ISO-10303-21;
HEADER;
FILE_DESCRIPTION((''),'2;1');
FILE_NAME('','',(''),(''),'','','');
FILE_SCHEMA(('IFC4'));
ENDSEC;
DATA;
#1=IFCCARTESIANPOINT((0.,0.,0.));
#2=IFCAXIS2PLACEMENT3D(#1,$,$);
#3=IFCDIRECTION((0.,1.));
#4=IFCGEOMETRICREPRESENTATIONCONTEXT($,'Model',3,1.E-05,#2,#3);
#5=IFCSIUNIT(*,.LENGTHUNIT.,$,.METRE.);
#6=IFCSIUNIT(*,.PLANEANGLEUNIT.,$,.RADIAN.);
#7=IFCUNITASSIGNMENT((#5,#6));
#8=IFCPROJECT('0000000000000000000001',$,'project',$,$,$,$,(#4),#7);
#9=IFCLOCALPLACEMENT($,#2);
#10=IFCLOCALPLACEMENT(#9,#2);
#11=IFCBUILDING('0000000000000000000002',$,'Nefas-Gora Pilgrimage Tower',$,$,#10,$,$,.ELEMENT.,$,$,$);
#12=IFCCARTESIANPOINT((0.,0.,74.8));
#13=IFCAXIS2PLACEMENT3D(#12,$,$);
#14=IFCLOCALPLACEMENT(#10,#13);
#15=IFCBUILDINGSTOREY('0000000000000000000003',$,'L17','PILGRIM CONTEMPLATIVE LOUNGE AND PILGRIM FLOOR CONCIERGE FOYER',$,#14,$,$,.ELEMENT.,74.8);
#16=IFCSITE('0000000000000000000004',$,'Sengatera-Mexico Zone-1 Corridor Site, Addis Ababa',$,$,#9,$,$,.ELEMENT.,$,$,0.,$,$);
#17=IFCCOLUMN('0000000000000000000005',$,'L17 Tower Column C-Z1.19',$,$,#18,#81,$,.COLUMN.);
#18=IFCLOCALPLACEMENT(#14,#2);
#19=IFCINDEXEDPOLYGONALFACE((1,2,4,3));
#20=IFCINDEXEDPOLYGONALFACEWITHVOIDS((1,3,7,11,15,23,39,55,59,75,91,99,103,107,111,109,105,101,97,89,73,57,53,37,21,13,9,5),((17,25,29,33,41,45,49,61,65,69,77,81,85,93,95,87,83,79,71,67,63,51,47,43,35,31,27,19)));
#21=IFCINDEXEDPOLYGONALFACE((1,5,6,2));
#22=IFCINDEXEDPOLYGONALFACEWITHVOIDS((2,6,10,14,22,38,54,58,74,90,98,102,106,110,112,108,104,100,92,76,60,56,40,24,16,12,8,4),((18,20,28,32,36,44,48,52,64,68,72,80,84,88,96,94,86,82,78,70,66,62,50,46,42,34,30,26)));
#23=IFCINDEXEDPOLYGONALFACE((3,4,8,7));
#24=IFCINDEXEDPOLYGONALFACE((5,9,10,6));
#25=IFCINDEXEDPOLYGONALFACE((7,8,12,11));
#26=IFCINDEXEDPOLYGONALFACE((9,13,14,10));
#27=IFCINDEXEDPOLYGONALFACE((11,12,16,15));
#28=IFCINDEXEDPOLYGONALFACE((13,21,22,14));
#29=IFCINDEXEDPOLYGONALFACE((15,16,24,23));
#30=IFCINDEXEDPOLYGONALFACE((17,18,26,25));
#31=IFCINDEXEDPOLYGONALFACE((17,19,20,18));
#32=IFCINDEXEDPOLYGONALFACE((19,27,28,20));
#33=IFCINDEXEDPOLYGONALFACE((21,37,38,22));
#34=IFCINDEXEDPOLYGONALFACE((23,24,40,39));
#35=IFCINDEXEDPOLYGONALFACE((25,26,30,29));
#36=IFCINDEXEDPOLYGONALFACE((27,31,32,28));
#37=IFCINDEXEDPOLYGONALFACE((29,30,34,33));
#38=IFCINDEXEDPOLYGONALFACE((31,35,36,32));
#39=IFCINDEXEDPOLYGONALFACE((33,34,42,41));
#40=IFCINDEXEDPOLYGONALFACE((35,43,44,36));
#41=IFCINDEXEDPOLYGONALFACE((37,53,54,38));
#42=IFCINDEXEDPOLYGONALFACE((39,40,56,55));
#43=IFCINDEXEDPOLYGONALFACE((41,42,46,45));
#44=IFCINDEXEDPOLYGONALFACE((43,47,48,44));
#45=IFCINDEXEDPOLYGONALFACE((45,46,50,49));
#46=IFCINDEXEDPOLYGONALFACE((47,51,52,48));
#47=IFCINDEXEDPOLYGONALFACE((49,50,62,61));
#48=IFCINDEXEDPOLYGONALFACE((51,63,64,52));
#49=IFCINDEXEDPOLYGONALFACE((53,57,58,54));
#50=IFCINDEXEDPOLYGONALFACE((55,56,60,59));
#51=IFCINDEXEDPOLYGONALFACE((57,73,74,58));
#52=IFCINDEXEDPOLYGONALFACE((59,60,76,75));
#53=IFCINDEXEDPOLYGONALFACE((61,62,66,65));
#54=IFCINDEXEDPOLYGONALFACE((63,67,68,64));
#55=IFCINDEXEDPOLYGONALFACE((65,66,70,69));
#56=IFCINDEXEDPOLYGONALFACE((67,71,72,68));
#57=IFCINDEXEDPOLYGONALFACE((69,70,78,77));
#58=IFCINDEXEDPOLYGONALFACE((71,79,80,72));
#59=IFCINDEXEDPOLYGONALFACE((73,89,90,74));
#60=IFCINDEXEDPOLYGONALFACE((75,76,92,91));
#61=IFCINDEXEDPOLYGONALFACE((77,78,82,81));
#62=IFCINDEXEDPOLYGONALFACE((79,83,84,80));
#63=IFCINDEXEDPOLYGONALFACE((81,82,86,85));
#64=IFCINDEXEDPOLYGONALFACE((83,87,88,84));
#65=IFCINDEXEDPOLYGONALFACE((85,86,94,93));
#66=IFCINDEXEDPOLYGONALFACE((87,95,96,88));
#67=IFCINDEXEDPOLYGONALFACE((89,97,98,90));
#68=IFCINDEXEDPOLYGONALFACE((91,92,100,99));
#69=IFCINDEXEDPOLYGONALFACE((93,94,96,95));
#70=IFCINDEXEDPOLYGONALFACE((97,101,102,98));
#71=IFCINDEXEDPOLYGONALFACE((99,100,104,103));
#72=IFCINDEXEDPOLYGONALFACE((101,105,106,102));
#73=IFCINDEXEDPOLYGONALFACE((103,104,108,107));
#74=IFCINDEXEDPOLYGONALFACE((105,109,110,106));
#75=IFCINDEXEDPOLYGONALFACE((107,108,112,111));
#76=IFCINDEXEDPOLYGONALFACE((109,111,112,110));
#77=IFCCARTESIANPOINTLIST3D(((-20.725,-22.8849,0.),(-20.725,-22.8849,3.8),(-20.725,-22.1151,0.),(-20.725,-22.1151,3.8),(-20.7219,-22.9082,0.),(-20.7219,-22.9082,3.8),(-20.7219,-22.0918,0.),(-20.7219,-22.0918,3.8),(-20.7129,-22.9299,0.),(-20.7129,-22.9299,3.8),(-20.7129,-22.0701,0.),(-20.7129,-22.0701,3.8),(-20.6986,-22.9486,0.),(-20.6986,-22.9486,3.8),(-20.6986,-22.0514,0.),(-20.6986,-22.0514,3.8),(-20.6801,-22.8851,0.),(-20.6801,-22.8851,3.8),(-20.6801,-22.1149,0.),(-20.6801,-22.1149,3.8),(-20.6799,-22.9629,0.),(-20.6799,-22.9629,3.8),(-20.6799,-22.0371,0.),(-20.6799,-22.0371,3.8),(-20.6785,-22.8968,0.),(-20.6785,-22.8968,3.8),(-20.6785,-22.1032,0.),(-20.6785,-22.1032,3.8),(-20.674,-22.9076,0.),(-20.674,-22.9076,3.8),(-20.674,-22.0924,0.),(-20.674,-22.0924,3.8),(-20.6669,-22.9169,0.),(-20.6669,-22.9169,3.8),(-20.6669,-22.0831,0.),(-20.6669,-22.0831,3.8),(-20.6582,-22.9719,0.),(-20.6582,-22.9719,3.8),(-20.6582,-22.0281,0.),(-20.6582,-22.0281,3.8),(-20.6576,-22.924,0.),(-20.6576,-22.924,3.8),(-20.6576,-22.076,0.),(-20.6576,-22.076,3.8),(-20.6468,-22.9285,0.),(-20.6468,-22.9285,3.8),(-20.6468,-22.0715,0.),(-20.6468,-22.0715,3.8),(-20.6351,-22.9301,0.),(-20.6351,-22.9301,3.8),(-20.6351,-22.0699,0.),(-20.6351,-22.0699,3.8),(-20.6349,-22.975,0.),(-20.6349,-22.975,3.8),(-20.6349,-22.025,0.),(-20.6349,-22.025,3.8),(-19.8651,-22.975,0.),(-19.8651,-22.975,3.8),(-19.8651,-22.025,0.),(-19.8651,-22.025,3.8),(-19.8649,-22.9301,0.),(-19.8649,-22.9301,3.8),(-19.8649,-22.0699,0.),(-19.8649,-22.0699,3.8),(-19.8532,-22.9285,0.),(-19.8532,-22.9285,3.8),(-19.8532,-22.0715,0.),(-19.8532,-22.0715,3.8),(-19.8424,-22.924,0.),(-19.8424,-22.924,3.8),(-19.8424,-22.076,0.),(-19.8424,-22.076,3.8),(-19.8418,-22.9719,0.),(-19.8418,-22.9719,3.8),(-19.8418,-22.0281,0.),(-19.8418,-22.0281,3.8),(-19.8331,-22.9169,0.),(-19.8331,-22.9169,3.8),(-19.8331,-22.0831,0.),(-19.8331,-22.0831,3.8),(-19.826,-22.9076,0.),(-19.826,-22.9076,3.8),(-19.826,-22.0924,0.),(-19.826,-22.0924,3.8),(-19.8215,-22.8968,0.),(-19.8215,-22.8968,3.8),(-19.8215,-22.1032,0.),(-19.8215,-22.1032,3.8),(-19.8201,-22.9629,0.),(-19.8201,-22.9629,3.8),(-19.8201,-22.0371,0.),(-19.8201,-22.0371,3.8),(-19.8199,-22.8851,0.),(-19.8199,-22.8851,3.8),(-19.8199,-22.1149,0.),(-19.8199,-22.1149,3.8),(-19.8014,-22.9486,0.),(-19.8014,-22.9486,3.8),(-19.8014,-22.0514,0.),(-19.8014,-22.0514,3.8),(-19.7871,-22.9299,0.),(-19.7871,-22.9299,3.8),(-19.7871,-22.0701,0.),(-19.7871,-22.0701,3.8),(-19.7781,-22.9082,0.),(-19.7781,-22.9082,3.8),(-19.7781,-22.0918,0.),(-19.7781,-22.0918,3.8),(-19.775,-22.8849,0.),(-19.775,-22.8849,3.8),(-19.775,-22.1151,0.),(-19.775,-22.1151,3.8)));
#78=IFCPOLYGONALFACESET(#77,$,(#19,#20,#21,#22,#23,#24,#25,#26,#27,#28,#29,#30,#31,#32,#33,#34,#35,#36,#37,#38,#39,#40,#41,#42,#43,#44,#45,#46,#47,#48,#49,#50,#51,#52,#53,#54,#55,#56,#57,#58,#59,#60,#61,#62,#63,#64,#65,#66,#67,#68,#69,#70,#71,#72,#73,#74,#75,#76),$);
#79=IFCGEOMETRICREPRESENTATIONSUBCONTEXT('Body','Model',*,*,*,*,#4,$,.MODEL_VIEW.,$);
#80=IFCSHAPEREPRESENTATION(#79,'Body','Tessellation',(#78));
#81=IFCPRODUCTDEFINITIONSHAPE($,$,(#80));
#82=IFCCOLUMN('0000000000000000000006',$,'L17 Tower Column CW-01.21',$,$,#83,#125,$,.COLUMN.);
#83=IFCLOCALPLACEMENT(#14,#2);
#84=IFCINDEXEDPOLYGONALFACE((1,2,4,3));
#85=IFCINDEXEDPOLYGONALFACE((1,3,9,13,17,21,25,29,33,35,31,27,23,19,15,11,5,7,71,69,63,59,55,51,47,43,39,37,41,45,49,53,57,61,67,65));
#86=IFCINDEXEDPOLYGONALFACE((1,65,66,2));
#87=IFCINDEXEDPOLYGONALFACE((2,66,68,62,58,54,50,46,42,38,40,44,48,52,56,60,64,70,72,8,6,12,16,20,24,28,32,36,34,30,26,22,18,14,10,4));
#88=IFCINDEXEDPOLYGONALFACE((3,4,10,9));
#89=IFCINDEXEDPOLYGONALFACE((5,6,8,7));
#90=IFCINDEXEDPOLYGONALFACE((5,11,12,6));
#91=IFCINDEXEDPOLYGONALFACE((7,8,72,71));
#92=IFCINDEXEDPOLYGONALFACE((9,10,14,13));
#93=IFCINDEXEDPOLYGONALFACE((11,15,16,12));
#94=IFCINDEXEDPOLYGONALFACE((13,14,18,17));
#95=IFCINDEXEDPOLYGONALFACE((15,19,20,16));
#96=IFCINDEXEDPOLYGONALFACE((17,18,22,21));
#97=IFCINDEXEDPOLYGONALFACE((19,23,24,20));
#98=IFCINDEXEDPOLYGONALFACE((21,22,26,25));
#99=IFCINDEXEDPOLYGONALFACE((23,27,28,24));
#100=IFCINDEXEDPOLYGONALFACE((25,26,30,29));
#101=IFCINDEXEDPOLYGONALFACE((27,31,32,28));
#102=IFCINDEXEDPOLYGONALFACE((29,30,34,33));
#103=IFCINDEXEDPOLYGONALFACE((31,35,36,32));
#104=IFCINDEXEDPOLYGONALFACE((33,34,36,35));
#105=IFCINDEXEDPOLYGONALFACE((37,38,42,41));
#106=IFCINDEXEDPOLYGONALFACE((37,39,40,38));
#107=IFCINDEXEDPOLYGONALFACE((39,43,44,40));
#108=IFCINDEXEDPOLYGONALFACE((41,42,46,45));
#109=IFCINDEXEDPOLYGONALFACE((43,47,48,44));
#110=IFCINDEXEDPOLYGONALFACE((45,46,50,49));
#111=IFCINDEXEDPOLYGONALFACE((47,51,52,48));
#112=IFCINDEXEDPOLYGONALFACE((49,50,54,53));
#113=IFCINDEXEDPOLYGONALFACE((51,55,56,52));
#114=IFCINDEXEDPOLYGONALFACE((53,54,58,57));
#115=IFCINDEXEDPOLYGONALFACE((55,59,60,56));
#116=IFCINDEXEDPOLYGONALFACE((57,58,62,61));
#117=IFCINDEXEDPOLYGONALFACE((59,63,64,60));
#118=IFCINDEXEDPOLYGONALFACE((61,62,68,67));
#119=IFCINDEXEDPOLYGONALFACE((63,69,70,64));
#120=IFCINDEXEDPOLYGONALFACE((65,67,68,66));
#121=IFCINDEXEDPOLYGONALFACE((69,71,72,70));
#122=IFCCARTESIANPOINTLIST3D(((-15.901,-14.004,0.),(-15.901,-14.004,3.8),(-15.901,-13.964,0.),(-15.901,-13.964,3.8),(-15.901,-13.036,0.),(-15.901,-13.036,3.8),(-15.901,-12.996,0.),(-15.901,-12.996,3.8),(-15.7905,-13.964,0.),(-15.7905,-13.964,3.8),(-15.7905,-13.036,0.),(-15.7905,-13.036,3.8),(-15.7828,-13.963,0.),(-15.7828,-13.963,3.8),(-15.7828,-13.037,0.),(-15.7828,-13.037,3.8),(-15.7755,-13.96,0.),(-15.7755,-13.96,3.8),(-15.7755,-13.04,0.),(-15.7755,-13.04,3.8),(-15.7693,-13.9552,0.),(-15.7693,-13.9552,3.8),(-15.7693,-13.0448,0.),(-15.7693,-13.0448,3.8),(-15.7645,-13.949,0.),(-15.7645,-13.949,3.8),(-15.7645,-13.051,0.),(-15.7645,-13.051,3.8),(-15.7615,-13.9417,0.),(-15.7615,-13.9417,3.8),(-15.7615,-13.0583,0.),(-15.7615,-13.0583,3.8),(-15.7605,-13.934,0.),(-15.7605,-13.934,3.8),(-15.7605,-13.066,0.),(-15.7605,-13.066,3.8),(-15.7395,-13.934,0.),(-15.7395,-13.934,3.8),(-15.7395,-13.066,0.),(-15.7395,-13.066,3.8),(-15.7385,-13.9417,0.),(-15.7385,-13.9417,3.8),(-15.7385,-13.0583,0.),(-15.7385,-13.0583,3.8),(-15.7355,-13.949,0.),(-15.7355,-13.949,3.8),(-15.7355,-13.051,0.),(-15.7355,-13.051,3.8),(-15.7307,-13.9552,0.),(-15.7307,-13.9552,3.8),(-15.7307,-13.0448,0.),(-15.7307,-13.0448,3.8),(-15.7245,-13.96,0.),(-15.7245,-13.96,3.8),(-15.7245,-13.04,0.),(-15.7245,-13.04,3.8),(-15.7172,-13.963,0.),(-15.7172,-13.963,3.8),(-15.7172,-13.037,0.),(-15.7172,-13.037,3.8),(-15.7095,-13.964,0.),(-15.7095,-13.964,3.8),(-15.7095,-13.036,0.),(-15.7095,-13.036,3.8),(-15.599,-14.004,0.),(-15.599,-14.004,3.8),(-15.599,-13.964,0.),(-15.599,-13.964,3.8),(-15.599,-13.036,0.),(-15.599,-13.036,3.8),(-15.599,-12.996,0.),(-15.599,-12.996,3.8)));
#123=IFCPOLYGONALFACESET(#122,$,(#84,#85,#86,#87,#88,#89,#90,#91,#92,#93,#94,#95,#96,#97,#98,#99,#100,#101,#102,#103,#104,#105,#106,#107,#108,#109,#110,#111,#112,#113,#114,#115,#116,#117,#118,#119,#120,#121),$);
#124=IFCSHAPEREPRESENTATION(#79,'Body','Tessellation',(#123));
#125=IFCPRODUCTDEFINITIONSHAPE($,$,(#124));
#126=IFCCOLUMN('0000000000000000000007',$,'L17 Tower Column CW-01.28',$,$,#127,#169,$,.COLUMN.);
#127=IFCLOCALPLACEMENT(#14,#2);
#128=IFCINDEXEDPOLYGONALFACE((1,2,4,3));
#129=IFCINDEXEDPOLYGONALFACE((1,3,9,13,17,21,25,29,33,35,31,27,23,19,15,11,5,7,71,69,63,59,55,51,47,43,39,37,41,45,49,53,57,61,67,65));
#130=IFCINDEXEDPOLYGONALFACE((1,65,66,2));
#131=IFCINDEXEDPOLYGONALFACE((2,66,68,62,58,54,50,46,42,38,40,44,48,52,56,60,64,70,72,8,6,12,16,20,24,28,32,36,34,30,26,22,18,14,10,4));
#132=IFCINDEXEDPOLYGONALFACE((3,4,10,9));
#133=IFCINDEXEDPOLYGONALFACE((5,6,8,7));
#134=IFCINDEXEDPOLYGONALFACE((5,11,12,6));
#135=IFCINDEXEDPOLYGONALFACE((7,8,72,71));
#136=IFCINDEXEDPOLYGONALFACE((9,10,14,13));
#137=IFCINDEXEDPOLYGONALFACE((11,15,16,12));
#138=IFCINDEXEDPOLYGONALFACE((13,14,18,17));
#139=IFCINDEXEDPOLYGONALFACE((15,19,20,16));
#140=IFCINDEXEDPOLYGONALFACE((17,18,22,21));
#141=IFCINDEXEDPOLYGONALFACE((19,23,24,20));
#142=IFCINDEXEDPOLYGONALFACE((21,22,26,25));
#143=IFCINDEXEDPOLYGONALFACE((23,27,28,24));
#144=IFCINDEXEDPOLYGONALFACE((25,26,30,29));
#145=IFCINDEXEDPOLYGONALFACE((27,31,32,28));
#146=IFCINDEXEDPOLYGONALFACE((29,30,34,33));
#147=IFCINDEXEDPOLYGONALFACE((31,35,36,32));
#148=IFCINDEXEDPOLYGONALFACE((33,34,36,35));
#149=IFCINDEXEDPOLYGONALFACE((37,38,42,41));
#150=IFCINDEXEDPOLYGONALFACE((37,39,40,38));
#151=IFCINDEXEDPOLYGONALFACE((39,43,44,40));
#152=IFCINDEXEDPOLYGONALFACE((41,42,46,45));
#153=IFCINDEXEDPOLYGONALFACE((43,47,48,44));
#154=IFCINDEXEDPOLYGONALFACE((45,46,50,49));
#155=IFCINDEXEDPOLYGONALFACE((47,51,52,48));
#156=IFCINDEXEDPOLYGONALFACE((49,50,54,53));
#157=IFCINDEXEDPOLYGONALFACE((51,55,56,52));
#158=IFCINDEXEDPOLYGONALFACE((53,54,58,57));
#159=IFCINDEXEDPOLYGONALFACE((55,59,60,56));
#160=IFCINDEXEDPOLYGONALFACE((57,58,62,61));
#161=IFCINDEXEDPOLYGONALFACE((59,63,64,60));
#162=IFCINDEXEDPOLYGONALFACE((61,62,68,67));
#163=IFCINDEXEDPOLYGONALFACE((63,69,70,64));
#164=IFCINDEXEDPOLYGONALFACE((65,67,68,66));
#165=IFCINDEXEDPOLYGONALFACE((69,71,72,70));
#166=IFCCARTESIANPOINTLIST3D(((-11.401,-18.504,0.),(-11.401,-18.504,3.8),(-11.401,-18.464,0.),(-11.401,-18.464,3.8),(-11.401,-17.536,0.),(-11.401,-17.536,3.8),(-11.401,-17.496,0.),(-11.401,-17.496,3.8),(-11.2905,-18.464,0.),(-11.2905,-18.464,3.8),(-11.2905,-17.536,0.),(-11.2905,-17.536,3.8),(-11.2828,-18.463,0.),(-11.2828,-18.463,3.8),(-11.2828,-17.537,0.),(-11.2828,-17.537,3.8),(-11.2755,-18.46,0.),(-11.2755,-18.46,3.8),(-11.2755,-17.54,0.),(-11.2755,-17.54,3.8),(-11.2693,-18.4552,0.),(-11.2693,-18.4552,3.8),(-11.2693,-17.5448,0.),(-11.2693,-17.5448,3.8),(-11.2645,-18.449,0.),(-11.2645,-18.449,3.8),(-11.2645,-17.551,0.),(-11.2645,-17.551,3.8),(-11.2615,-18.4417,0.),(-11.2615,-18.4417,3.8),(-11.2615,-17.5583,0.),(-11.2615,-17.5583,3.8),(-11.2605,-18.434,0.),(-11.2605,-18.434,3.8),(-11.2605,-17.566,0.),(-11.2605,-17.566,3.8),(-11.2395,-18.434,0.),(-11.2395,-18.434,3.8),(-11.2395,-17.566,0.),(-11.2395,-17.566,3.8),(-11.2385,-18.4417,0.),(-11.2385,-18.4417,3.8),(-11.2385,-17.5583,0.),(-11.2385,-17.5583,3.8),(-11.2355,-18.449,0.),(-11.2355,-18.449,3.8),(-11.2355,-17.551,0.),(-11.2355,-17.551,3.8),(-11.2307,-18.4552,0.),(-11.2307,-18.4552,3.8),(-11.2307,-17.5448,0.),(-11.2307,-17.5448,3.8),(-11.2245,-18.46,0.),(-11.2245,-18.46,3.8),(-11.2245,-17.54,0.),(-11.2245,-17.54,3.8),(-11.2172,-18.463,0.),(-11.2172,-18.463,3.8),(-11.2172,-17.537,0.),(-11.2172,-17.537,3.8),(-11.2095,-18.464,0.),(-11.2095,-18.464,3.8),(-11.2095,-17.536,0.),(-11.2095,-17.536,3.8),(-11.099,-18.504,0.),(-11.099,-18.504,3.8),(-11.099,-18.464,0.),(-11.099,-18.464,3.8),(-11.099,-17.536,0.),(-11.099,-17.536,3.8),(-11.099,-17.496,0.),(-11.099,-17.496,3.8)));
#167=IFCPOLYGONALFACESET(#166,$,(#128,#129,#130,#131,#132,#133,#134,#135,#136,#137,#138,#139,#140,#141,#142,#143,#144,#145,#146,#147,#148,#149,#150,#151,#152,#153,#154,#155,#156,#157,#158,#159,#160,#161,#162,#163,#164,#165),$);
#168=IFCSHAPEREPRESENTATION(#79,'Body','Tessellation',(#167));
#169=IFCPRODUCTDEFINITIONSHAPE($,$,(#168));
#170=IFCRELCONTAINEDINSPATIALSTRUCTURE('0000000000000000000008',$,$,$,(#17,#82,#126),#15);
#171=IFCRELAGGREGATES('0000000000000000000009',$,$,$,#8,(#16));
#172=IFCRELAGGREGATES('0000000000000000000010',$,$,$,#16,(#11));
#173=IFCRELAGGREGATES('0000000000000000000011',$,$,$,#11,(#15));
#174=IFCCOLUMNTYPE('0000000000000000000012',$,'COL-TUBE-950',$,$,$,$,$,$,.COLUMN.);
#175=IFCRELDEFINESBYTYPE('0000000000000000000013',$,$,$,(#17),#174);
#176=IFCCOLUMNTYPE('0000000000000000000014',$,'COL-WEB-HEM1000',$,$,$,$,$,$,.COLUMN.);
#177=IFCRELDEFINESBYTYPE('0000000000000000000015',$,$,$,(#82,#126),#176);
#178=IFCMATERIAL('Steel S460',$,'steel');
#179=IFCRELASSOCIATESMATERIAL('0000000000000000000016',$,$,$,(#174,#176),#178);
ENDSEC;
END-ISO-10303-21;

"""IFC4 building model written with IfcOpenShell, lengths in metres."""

from ifc_helpers import new_model, si_unit, direction, frame, origin, origin_2d, place, context, subcontext, project, spatial, hollow_rectangle, i_section, extrude, source, transform, mapped, material, material_profile, profile_set, type_object, element, save


model = new_model("IFC4")

# Units and contexts
model_context = context("Model", 3, precision=1e-05, world=origin(), true_north=direction((0.0, 1.0)))
body_context = subcontext(model_context, "Body", "Model", "MODEL_VIEW")
ifc_project = project(units=[si_unit("LENGTHUNIT", "METRE"), si_unit("PLANEANGLEUNIT", "RADIAN")], contexts=[model_context])

# Site, building, storey
site_placement = place(None, origin())
site = spatial("IfcSite", under=ifc_project, at=site_placement, Name="Sengatera-Mexico Zone-1 Corridor Site, Addis Ababa", CompositionType="ELEMENT", RefElevation=0.0)
building_placement = place(site_placement, origin())
building = spatial("IfcBuilding", under=site, at=building_placement, Name="Nefas-Gora Pilgrimage Tower", CompositionType="ELEMENT")
storey_placement = place(building_placement, frame((0.0, 0.0, 74.8)))
storey = spatial("IfcBuildingStorey", under=building, at=storey_placement, Name="L17", Description="PILGRIM CONTEMPLATIVE LOUNGE AND PILGRIM FLOOR CONCIERGE FOYER", CompositionType="ELEMENT", Elevation=74.8)

# Columns
ifc_material_1 = material(Name="Steel S460", Category="steel")
ifc_material_profile_1 = material_profile(ifc_material_1, hollow_rectangle(XDim=0.95, YDim=0.95, WallThickness=0.0449, InnerFilletRadius=0.0449, OuterFilletRadius=0.0901, at=origin_2d()), Name="BOX 950x950x45")
ifc_profile_set_1 = profile_set([ifc_material_profile_1], Name="Steel S460")
column_type_1 = type_object("IfcColumnType", Name="COL-TUBE-950", PredefinedType="COLUMN", material=ifc_profile_set_1)
shared_shape_1 = source(origin(), body_context, "Body", "SweptSolid", [
    extrude(hollow_rectangle(XDim=0.95, YDim=0.95, WallThickness=0.0449, InnerFilletRadius=0.0449, OuterFilletRadius=0.0901, at=origin_2d()), origin(), (0.0, 0.0, 1.0), 3.8),
])
column_placement = place(storey_placement, frame((-20.25, -22.5, 0.0), z_axis=(0.0, 0.0, 1.0), x_axis=(1.0, 0.0, 0.0)))
element("IfcColumn", 1, at=column_placement, inside=storey, type_object=column_type_1, Name="L17 Tower Column C-Z1.19", PredefinedType="COLUMN", context=body_context, shape_type="MappedRepresentation", body=[
    mapped(shared_shape_1, transform((0.0, 0.0, 0.0), x_axis=(1.0, 0.0, 0.0), y_axis=(0.0, 1.0, 0.0), z_axis=(0.0, 0.0, 1.0), scale=1.0)),
])
ifc_material_profile_2 = material_profile(ifc_material_1, i_section(OverallWidth=0.302, OverallDepth=1.0081, WebThickness=0.021, FlangeThickness=0.04, FilletRadius=0.03, at=origin_2d()), Name="HEM 1000")
ifc_profile_set_2 = profile_set([ifc_material_profile_2], Name="Steel S460")
column_type_2 = type_object("IfcColumnType", Name="COL-WEB-HEM1000", PredefinedType="COLUMN", material=ifc_profile_set_2)
shared_shape_2 = source(origin(), body_context, "Body", "SweptSolid", [
    extrude(i_section(OverallWidth=0.302, OverallDepth=1.0081, WebThickness=0.021, FlangeThickness=0.04, FilletRadius=0.03, at=origin_2d()), origin(), (0.0, 0.0, 1.0), 3.8),
])
for number, where, z_axis, x_axis, name in (
    (2, (-15.75, -13.5, 0.0), (0.0, 0.0, 1.0), (1.0, 0.0, 0.0), "L17 Tower Column CW-01.21"),
    (3, (-11.25, -18.0, 0.0), (0.0, 0.0, 1.0), (1.0, 0.0, 0.0), "L17 Tower Column CW-01.28"),
):
    element("IfcColumn", number, at=place(storey_placement, frame(where, z_axis=z_axis, x_axis=x_axis)), inside=storey, type_object=column_type_2, Name=name, PredefinedType="COLUMN", context=body_context, shape_type="MappedRepresentation", body=[
        mapped(shared_shape_2, transform((0.0, 0.0, 0.0), x_axis=(1.0, 0.0, 0.0), y_axis=(0.0, 1.0, 0.0), z_axis=(0.0, 0.0, 1.0), scale=1.0)),
    ])

save(model, "model.ifc")
